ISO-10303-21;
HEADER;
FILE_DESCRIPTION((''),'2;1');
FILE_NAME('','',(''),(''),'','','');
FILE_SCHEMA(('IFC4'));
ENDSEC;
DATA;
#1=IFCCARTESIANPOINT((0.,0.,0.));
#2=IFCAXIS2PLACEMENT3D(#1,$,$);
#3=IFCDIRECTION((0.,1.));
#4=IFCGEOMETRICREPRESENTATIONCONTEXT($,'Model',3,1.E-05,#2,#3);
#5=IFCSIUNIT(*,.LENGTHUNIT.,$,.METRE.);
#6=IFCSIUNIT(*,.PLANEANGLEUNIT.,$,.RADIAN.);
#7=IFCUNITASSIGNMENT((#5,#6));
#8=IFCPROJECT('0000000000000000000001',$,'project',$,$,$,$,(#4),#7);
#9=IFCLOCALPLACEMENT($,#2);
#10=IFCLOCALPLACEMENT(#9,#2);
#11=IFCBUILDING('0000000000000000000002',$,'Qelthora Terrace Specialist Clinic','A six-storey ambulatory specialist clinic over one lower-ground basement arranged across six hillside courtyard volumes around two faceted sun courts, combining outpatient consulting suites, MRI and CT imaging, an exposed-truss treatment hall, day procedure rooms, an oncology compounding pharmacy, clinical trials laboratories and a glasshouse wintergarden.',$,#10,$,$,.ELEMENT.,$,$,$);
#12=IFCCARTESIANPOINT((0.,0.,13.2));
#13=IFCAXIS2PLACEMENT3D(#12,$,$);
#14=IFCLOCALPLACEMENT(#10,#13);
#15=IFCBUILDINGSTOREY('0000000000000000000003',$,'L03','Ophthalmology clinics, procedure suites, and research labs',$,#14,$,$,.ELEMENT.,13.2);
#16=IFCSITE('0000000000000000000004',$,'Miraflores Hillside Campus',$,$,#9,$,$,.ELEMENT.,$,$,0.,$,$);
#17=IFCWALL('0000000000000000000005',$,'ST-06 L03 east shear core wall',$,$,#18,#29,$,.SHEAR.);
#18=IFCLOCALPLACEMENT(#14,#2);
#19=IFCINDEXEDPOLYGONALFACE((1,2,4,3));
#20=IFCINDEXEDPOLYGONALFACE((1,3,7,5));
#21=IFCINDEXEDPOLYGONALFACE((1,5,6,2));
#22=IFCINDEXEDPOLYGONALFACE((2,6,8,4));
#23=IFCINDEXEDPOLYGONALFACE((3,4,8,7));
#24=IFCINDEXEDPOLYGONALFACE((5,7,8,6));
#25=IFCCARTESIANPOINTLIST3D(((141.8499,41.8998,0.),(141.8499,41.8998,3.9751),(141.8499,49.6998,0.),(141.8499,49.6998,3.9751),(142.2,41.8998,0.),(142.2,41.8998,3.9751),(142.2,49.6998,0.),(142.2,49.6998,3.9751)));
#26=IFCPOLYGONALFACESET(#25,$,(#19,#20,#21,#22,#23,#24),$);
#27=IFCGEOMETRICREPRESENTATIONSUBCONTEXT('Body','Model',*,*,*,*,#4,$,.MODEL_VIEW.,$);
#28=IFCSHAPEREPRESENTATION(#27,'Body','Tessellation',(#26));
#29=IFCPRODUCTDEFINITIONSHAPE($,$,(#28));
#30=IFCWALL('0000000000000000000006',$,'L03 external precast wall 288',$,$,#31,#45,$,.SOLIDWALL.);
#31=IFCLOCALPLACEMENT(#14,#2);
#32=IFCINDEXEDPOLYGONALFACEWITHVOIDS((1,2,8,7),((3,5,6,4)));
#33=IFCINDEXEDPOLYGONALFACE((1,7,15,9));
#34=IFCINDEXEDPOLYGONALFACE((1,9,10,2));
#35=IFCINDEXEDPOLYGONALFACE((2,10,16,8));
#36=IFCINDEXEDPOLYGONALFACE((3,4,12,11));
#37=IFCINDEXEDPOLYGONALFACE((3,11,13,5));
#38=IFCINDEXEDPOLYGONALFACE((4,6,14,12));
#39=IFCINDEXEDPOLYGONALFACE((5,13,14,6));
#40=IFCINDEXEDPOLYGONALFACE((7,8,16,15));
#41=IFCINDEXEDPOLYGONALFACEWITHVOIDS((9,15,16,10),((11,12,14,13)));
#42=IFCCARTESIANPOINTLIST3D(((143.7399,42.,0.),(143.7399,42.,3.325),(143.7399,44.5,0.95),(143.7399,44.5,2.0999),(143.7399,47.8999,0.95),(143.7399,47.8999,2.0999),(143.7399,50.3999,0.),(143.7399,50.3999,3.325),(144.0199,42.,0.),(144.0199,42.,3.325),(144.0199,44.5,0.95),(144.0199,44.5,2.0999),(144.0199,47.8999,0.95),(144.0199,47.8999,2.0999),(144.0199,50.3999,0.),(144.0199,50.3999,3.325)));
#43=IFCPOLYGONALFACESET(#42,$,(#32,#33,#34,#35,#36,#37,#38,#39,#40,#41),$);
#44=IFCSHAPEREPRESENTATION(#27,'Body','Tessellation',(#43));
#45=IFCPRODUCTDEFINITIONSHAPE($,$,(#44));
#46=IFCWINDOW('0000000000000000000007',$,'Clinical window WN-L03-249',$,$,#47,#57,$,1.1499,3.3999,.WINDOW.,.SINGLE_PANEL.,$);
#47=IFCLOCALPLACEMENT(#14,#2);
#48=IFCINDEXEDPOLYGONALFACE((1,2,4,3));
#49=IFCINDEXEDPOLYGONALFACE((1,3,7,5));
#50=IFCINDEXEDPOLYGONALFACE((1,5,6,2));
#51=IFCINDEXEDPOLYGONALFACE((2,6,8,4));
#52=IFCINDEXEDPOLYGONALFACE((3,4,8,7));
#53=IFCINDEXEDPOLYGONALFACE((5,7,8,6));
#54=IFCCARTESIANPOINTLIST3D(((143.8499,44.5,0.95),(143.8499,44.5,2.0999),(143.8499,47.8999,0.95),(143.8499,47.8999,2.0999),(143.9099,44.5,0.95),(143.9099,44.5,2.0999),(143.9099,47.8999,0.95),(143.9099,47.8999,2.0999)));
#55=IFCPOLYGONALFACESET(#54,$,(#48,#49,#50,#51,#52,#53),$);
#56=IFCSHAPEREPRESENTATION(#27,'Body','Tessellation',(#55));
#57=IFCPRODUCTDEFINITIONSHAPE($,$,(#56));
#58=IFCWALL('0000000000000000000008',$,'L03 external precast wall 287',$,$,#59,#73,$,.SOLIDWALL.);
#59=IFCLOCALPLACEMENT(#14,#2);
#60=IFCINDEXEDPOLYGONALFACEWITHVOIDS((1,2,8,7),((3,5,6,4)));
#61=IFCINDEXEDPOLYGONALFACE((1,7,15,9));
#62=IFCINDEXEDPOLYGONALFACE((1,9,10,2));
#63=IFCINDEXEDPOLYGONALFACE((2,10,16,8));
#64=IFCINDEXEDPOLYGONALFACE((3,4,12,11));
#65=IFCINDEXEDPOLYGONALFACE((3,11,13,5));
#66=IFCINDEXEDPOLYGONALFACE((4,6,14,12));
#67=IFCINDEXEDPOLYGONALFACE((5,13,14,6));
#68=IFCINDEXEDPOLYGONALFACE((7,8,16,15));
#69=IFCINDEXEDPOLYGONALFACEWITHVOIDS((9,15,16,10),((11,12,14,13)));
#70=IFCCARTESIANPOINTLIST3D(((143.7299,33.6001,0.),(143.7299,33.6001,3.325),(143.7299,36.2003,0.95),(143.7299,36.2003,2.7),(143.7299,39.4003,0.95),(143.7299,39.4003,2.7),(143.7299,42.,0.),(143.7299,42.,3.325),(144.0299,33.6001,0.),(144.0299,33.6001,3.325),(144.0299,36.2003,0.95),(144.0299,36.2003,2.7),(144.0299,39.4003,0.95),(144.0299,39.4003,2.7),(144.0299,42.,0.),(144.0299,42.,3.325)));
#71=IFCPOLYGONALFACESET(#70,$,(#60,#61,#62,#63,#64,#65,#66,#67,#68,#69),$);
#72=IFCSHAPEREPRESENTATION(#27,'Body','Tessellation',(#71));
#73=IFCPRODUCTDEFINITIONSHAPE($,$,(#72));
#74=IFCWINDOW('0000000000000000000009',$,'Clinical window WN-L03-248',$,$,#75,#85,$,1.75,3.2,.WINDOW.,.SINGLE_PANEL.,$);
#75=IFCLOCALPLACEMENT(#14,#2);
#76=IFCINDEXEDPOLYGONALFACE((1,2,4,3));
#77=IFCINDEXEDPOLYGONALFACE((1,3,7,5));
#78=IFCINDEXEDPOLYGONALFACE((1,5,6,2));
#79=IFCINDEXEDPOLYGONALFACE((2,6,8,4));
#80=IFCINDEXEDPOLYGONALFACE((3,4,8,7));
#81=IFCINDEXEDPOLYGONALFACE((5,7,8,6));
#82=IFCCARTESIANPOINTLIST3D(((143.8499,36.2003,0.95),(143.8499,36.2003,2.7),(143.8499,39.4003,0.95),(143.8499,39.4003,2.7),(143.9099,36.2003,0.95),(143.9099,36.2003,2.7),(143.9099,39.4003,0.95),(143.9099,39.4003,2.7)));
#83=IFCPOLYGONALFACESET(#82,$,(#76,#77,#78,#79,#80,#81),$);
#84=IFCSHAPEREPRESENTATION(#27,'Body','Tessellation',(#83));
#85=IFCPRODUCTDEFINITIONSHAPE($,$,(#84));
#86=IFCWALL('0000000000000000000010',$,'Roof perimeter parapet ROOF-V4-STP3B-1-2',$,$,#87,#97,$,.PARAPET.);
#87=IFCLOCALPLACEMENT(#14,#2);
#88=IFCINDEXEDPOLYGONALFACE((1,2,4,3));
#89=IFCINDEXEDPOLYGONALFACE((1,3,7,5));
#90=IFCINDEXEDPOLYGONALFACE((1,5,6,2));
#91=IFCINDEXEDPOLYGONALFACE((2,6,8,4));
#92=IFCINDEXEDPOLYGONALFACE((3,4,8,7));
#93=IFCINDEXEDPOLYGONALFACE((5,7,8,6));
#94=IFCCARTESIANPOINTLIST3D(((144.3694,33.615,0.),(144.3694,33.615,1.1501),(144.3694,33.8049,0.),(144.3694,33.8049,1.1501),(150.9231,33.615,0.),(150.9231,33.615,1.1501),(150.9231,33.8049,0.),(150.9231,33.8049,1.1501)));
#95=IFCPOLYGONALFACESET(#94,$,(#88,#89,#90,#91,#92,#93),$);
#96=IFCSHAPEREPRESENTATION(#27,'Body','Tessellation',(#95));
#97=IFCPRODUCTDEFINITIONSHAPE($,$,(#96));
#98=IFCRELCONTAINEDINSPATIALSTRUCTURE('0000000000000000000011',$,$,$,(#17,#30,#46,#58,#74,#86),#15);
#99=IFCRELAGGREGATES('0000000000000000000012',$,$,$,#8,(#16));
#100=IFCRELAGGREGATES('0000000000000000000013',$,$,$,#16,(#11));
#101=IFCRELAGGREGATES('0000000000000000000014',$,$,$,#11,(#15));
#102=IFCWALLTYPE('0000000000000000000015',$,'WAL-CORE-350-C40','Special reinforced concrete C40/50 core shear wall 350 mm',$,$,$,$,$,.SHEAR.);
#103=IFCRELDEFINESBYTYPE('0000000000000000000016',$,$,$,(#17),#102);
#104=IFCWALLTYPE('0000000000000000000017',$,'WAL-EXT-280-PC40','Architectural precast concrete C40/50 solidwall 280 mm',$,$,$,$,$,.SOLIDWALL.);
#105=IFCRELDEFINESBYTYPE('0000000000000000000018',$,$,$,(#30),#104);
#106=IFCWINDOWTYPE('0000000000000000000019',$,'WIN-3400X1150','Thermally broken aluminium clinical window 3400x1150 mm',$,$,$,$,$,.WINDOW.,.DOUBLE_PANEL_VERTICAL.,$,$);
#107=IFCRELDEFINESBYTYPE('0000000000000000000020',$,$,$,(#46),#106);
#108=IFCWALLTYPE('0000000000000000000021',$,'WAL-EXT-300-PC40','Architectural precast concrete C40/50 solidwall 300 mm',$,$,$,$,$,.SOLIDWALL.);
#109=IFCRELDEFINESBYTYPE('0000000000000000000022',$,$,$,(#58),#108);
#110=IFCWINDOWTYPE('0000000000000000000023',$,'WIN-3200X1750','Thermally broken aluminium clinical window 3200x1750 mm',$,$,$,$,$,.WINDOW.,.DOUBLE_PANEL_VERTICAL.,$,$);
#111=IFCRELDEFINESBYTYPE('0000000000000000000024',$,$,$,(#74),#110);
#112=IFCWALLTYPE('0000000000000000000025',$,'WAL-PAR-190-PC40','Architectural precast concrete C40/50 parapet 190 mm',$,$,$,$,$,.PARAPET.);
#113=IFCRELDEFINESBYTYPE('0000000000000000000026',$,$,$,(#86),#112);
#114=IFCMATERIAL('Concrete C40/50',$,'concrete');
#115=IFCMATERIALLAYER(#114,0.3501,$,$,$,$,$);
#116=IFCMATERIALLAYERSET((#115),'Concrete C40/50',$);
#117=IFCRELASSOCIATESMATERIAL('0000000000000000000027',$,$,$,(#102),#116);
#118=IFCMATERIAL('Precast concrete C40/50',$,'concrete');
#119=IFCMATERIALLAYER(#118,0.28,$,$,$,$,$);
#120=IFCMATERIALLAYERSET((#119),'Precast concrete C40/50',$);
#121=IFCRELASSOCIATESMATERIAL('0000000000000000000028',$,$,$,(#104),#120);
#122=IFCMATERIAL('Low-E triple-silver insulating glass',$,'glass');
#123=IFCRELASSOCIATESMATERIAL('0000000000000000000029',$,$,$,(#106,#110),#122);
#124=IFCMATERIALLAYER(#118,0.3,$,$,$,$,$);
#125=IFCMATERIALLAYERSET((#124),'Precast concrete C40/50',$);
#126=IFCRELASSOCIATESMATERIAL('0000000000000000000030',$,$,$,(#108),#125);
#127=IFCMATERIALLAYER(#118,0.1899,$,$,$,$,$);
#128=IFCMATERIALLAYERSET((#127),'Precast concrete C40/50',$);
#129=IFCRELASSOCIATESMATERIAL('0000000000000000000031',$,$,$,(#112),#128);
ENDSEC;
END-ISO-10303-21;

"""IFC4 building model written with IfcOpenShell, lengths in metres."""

from ifc_helpers import new_model, si_unit, direction, frame, frame_2d, origin, place, context, subcontext, project, spatial, rectangle, extrude, material, layer, layer_set, type_object, element, fill, save


model = new_model("IFC4")

# Units and contexts
model_context = context("Model", 3, precision=1e-05, world=origin(), true_north=direction((0.0, 1.0)))
body_context = subcontext(model_context, "Body", "Model", "MODEL_VIEW")
ifc_project = project(units=[si_unit("LENGTHUNIT", "METRE"), si_unit("PLANEANGLEUNIT", "RADIAN")], contexts=[model_context])

# Site, building, storey
site_placement = place(None, origin())
site = spatial("IfcSite", under=ifc_project, at=site_placement, Name="Miraflores Hillside Campus", CompositionType="ELEMENT", RefElevation=0.0)
building_placement = place(site_placement, origin())
building = spatial("IfcBuilding", under=site, at=building_placement, Name="Qelthora Terrace Specialist Clinic", Description="A six-storey ambulatory specialist clinic over one lower-ground basement arranged across six hillside courtyard volumes around two faceted sun courts, combining outpatient consulting suites, MRI and CT imaging, an exposed-truss treatment hall, day procedure rooms, an oncology compounding pharmacy, clinical trials laboratories and a glasshouse wintergarden.", CompositionType="ELEMENT")
storey_placement = place(building_placement, frame((0.0, 0.0, 13.2)))
storey = spatial("IfcBuildingStorey", under=building, at=storey_placement, Name="L03", Description="Ophthalmology clinics, procedure suites, and research labs", CompositionType="ELEMENT", Elevation=13.2)

# Wall
ifc_material_1 = material(Name="Concrete C40/50", Category="concrete")
ifc_layer_1 = layer(ifc_material_1, 0.3501)
ifc_layer_set_1 = layer_set([ifc_layer_1], Name="Concrete C40/50")
wall_type_1 = type_object("IfcWallType", Name="WAL-CORE-350-C40", Description="Special reinforced concrete C40/50 core shear wall 350 mm", PredefinedType="SHEAR", material=ifc_layer_set_1)
wall_1_placement = place(storey_placement, frame((142.0249, 41.8999, 0.0), z_axis=(0.0, 0.0, 1.0), x_axis=(0.0, 1.0, 0.0)))
element("IfcWall", 1, at=wall_1_placement, inside=storey, type_object=wall_type_1, Name="ST-06 L03 east shear core wall", PredefinedType="SHEAR", context=body_context, shape_type="SweptSolid", body=[
    extrude(rectangle(XDim=7.8, YDim=0.3501, at=frame_2d((3.8999, 0.0))), origin(), (0.0, 0.0, 1.0), 3.9751),
])

# Walls, openings, windows
ifc_material_2 = material(Name="Precast concrete C40/50", Category="concrete")
ifc_layer_2 = layer(ifc_material_2, 0.28)
ifc_layer_set_2 = layer_set([ifc_layer_2], Name="Precast concrete C40/50")
wall_type_2 = type_object("IfcWallType", Name="WAL-EXT-280-PC40", Description="Architectural precast concrete C40/50 solidwall 280 mm", PredefinedType="SOLIDWALL", material=ifc_layer_set_2)
wall_2_placement = place(storey_placement, frame((143.8799, 42.0, 0.0), z_axis=(0.0, 0.0, 1.0), x_axis=(0.0, 1.0, 0.0)))
wall_2 = element("IfcWall", 2, at=wall_2_placement, inside=storey, type_object=wall_type_2, Name="L03 external precast wall 288", PredefinedType="SOLIDWALL", context=body_context, shape_type="SweptSolid", body=[
    extrude(rectangle(XDim=8.3999, YDim=0.28, at=frame_2d((4.2, 0.0))), origin(), (0.0, 0.0, 1.0), 3.325),
])
opening_1_placement = place(wall_2_placement, frame((2.5, 0.0, 0.95)))
opening_1 = element("IfcOpeningElement", 3, at=opening_1_placement, cuts=wall_2, PredefinedType="OPENING", context=body_context, shape_type="SweptSolid", body=[
    extrude(rectangle(XDim=3.3999, YDim=1.1499, at=frame_2d((1.7, 0.575))), frame((0.0, 0.1499, 0.0), z_axis=(0.0, -1.0, 0.0), x_axis=(1.0, 0.0, 0.0)), (0.0, 0.0, 1.0), 0.3),
])
ifc_material_3 = material(Name="Low-E triple-silver insulating glass", Category="glass")
window_type_1 = type_object("IfcWindowType", Name="WIN-3400X1150", Description="Thermally broken aluminium clinical window 3400x1150 mm", PartitioningType="DOUBLE_PANEL_VERTICAL", PredefinedType="WINDOW", material=ifc_material_3)
window_1_placement = place(opening_1_placement, origin())
window_1 = element("IfcWindow", 4, at=window_1_placement, inside=storey, type_object=window_type_1, Name="Clinical window WN-L03-249", OverallHeight=1.1499, OverallWidth=3.3999, PartitioningType="SINGLE_PANEL", PredefinedType="WINDOW", context=body_context, shape_type="SweptSolid", body=[
    extrude(rectangle(XDim=3.3999, YDim=1.1499, at=frame_2d((1.7, 0.575))), frame((0.0, 0.03, 0.0), z_axis=(0.0, -1.0, 0.0), x_axis=(1.0, 0.0, 0.0)), (0.0, 0.0, 1.0), 0.0601),
])
fill(opening_1, window_1)
ifc_layer_3 = layer(ifc_material_2, 0.3)
ifc_layer_set_3 = layer_set([ifc_layer_3], Name="Precast concrete C40/50")
wall_type_3 = type_object("IfcWallType", Name="WAL-EXT-300-PC40", Description="Architectural precast concrete C40/50 solidwall 300 mm", PredefinedType="SOLIDWALL", material=ifc_layer_set_3)
wall_3_placement = place(storey_placement, frame((143.8799, 33.6001, 0.0), z_axis=(0.0, 0.0, 1.0), x_axis=(0.0, 1.0, 0.0)))
wall_3 = element("IfcWall", 5, at=wall_3_placement, inside=storey, type_object=wall_type_3, Name="L03 external precast wall 287", PredefinedType="SOLIDWALL", context=body_context, shape_type="SweptSolid", body=[
    extrude(rectangle(XDim=8.3999, YDim=0.3, at=frame_2d((4.2, 0.0))), origin(), (0.0, 0.0, 1.0), 3.325),
])
opening_2_placement = place(wall_3_placement, frame((2.6001, 0.0, 0.95)))
opening_2 = element("IfcOpeningElement", 6, at=opening_2_placement, cuts=wall_3, PredefinedType="OPENING", context=body_context, shape_type="SweptSolid", body=[
    extrude(rectangle(XDim=3.2, YDim=1.75, at=frame_2d((1.6001, 0.875))), frame((0.0, 0.1599, 0.0), z_axis=(0.0, -1.0, 0.0), x_axis=(1.0, 0.0, 0.0)), (0.0, 0.0, 1.0), 0.3201),
])
window_type_2 = type_object("IfcWindowType", Name="WIN-3200X1750", Description="Thermally broken aluminium clinical window 3200x1750 mm", PartitioningType="DOUBLE_PANEL_VERTICAL", PredefinedType="WINDOW", material=ifc_material_3)
window_2_placement = place(opening_2_placement, origin())
window_2 = element("IfcWindow", 7, at=window_2_placement, inside=storey, type_object=window_type_2, Name="Clinical window WN-L03-248", OverallHeight=1.75, OverallWidth=3.2, PartitioningType="SINGLE_PANEL", PredefinedType="WINDOW", context=body_context, shape_type="SweptSolid", body=[
    extrude(rectangle(XDim=3.2, YDim=1.75, at=frame_2d((1.6001, 0.875))), frame((0.0, 0.03, 0.0), z_axis=(0.0, -1.0, 0.0), x_axis=(1.0, 0.0, 0.0)), (0.0, 0.0, 1.0), 0.0601),
])
fill(opening_2, window_2)

# Wall
ifc_layer_4 = layer(ifc_material_2, 0.1899)
ifc_layer_set_4 = layer_set([ifc_layer_4], Name="Precast concrete C40/50")
wall_type_4 = type_object("IfcWallType", Name="WAL-PAR-190-PC40", Description="Architectural precast concrete C40/50 parapet 190 mm", PredefinedType="PARAPET", material=ifc_layer_set_4)
wall_4_placement = place(storey_placement, frame((150.9231, 33.71, 0.0), z_axis=(0.0, 0.0, 1.0), x_axis=(-1.0, 0.0, 0.0)))
element("IfcWall", 8, at=wall_4_placement, inside=storey, type_object=wall_type_4, Name="Roof perimeter parapet ROOF-V4-STP3B-1-2", PredefinedType="PARAPET", context=body_context, shape_type="SweptSolid", body=[
    extrude(rectangle(XDim=6.5537, YDim=0.1899, at=frame_2d((3.2769, 0.0))), origin(), (0.0, 0.0, 1.0), 1.1501),
])

save(model, "model.ifc")
